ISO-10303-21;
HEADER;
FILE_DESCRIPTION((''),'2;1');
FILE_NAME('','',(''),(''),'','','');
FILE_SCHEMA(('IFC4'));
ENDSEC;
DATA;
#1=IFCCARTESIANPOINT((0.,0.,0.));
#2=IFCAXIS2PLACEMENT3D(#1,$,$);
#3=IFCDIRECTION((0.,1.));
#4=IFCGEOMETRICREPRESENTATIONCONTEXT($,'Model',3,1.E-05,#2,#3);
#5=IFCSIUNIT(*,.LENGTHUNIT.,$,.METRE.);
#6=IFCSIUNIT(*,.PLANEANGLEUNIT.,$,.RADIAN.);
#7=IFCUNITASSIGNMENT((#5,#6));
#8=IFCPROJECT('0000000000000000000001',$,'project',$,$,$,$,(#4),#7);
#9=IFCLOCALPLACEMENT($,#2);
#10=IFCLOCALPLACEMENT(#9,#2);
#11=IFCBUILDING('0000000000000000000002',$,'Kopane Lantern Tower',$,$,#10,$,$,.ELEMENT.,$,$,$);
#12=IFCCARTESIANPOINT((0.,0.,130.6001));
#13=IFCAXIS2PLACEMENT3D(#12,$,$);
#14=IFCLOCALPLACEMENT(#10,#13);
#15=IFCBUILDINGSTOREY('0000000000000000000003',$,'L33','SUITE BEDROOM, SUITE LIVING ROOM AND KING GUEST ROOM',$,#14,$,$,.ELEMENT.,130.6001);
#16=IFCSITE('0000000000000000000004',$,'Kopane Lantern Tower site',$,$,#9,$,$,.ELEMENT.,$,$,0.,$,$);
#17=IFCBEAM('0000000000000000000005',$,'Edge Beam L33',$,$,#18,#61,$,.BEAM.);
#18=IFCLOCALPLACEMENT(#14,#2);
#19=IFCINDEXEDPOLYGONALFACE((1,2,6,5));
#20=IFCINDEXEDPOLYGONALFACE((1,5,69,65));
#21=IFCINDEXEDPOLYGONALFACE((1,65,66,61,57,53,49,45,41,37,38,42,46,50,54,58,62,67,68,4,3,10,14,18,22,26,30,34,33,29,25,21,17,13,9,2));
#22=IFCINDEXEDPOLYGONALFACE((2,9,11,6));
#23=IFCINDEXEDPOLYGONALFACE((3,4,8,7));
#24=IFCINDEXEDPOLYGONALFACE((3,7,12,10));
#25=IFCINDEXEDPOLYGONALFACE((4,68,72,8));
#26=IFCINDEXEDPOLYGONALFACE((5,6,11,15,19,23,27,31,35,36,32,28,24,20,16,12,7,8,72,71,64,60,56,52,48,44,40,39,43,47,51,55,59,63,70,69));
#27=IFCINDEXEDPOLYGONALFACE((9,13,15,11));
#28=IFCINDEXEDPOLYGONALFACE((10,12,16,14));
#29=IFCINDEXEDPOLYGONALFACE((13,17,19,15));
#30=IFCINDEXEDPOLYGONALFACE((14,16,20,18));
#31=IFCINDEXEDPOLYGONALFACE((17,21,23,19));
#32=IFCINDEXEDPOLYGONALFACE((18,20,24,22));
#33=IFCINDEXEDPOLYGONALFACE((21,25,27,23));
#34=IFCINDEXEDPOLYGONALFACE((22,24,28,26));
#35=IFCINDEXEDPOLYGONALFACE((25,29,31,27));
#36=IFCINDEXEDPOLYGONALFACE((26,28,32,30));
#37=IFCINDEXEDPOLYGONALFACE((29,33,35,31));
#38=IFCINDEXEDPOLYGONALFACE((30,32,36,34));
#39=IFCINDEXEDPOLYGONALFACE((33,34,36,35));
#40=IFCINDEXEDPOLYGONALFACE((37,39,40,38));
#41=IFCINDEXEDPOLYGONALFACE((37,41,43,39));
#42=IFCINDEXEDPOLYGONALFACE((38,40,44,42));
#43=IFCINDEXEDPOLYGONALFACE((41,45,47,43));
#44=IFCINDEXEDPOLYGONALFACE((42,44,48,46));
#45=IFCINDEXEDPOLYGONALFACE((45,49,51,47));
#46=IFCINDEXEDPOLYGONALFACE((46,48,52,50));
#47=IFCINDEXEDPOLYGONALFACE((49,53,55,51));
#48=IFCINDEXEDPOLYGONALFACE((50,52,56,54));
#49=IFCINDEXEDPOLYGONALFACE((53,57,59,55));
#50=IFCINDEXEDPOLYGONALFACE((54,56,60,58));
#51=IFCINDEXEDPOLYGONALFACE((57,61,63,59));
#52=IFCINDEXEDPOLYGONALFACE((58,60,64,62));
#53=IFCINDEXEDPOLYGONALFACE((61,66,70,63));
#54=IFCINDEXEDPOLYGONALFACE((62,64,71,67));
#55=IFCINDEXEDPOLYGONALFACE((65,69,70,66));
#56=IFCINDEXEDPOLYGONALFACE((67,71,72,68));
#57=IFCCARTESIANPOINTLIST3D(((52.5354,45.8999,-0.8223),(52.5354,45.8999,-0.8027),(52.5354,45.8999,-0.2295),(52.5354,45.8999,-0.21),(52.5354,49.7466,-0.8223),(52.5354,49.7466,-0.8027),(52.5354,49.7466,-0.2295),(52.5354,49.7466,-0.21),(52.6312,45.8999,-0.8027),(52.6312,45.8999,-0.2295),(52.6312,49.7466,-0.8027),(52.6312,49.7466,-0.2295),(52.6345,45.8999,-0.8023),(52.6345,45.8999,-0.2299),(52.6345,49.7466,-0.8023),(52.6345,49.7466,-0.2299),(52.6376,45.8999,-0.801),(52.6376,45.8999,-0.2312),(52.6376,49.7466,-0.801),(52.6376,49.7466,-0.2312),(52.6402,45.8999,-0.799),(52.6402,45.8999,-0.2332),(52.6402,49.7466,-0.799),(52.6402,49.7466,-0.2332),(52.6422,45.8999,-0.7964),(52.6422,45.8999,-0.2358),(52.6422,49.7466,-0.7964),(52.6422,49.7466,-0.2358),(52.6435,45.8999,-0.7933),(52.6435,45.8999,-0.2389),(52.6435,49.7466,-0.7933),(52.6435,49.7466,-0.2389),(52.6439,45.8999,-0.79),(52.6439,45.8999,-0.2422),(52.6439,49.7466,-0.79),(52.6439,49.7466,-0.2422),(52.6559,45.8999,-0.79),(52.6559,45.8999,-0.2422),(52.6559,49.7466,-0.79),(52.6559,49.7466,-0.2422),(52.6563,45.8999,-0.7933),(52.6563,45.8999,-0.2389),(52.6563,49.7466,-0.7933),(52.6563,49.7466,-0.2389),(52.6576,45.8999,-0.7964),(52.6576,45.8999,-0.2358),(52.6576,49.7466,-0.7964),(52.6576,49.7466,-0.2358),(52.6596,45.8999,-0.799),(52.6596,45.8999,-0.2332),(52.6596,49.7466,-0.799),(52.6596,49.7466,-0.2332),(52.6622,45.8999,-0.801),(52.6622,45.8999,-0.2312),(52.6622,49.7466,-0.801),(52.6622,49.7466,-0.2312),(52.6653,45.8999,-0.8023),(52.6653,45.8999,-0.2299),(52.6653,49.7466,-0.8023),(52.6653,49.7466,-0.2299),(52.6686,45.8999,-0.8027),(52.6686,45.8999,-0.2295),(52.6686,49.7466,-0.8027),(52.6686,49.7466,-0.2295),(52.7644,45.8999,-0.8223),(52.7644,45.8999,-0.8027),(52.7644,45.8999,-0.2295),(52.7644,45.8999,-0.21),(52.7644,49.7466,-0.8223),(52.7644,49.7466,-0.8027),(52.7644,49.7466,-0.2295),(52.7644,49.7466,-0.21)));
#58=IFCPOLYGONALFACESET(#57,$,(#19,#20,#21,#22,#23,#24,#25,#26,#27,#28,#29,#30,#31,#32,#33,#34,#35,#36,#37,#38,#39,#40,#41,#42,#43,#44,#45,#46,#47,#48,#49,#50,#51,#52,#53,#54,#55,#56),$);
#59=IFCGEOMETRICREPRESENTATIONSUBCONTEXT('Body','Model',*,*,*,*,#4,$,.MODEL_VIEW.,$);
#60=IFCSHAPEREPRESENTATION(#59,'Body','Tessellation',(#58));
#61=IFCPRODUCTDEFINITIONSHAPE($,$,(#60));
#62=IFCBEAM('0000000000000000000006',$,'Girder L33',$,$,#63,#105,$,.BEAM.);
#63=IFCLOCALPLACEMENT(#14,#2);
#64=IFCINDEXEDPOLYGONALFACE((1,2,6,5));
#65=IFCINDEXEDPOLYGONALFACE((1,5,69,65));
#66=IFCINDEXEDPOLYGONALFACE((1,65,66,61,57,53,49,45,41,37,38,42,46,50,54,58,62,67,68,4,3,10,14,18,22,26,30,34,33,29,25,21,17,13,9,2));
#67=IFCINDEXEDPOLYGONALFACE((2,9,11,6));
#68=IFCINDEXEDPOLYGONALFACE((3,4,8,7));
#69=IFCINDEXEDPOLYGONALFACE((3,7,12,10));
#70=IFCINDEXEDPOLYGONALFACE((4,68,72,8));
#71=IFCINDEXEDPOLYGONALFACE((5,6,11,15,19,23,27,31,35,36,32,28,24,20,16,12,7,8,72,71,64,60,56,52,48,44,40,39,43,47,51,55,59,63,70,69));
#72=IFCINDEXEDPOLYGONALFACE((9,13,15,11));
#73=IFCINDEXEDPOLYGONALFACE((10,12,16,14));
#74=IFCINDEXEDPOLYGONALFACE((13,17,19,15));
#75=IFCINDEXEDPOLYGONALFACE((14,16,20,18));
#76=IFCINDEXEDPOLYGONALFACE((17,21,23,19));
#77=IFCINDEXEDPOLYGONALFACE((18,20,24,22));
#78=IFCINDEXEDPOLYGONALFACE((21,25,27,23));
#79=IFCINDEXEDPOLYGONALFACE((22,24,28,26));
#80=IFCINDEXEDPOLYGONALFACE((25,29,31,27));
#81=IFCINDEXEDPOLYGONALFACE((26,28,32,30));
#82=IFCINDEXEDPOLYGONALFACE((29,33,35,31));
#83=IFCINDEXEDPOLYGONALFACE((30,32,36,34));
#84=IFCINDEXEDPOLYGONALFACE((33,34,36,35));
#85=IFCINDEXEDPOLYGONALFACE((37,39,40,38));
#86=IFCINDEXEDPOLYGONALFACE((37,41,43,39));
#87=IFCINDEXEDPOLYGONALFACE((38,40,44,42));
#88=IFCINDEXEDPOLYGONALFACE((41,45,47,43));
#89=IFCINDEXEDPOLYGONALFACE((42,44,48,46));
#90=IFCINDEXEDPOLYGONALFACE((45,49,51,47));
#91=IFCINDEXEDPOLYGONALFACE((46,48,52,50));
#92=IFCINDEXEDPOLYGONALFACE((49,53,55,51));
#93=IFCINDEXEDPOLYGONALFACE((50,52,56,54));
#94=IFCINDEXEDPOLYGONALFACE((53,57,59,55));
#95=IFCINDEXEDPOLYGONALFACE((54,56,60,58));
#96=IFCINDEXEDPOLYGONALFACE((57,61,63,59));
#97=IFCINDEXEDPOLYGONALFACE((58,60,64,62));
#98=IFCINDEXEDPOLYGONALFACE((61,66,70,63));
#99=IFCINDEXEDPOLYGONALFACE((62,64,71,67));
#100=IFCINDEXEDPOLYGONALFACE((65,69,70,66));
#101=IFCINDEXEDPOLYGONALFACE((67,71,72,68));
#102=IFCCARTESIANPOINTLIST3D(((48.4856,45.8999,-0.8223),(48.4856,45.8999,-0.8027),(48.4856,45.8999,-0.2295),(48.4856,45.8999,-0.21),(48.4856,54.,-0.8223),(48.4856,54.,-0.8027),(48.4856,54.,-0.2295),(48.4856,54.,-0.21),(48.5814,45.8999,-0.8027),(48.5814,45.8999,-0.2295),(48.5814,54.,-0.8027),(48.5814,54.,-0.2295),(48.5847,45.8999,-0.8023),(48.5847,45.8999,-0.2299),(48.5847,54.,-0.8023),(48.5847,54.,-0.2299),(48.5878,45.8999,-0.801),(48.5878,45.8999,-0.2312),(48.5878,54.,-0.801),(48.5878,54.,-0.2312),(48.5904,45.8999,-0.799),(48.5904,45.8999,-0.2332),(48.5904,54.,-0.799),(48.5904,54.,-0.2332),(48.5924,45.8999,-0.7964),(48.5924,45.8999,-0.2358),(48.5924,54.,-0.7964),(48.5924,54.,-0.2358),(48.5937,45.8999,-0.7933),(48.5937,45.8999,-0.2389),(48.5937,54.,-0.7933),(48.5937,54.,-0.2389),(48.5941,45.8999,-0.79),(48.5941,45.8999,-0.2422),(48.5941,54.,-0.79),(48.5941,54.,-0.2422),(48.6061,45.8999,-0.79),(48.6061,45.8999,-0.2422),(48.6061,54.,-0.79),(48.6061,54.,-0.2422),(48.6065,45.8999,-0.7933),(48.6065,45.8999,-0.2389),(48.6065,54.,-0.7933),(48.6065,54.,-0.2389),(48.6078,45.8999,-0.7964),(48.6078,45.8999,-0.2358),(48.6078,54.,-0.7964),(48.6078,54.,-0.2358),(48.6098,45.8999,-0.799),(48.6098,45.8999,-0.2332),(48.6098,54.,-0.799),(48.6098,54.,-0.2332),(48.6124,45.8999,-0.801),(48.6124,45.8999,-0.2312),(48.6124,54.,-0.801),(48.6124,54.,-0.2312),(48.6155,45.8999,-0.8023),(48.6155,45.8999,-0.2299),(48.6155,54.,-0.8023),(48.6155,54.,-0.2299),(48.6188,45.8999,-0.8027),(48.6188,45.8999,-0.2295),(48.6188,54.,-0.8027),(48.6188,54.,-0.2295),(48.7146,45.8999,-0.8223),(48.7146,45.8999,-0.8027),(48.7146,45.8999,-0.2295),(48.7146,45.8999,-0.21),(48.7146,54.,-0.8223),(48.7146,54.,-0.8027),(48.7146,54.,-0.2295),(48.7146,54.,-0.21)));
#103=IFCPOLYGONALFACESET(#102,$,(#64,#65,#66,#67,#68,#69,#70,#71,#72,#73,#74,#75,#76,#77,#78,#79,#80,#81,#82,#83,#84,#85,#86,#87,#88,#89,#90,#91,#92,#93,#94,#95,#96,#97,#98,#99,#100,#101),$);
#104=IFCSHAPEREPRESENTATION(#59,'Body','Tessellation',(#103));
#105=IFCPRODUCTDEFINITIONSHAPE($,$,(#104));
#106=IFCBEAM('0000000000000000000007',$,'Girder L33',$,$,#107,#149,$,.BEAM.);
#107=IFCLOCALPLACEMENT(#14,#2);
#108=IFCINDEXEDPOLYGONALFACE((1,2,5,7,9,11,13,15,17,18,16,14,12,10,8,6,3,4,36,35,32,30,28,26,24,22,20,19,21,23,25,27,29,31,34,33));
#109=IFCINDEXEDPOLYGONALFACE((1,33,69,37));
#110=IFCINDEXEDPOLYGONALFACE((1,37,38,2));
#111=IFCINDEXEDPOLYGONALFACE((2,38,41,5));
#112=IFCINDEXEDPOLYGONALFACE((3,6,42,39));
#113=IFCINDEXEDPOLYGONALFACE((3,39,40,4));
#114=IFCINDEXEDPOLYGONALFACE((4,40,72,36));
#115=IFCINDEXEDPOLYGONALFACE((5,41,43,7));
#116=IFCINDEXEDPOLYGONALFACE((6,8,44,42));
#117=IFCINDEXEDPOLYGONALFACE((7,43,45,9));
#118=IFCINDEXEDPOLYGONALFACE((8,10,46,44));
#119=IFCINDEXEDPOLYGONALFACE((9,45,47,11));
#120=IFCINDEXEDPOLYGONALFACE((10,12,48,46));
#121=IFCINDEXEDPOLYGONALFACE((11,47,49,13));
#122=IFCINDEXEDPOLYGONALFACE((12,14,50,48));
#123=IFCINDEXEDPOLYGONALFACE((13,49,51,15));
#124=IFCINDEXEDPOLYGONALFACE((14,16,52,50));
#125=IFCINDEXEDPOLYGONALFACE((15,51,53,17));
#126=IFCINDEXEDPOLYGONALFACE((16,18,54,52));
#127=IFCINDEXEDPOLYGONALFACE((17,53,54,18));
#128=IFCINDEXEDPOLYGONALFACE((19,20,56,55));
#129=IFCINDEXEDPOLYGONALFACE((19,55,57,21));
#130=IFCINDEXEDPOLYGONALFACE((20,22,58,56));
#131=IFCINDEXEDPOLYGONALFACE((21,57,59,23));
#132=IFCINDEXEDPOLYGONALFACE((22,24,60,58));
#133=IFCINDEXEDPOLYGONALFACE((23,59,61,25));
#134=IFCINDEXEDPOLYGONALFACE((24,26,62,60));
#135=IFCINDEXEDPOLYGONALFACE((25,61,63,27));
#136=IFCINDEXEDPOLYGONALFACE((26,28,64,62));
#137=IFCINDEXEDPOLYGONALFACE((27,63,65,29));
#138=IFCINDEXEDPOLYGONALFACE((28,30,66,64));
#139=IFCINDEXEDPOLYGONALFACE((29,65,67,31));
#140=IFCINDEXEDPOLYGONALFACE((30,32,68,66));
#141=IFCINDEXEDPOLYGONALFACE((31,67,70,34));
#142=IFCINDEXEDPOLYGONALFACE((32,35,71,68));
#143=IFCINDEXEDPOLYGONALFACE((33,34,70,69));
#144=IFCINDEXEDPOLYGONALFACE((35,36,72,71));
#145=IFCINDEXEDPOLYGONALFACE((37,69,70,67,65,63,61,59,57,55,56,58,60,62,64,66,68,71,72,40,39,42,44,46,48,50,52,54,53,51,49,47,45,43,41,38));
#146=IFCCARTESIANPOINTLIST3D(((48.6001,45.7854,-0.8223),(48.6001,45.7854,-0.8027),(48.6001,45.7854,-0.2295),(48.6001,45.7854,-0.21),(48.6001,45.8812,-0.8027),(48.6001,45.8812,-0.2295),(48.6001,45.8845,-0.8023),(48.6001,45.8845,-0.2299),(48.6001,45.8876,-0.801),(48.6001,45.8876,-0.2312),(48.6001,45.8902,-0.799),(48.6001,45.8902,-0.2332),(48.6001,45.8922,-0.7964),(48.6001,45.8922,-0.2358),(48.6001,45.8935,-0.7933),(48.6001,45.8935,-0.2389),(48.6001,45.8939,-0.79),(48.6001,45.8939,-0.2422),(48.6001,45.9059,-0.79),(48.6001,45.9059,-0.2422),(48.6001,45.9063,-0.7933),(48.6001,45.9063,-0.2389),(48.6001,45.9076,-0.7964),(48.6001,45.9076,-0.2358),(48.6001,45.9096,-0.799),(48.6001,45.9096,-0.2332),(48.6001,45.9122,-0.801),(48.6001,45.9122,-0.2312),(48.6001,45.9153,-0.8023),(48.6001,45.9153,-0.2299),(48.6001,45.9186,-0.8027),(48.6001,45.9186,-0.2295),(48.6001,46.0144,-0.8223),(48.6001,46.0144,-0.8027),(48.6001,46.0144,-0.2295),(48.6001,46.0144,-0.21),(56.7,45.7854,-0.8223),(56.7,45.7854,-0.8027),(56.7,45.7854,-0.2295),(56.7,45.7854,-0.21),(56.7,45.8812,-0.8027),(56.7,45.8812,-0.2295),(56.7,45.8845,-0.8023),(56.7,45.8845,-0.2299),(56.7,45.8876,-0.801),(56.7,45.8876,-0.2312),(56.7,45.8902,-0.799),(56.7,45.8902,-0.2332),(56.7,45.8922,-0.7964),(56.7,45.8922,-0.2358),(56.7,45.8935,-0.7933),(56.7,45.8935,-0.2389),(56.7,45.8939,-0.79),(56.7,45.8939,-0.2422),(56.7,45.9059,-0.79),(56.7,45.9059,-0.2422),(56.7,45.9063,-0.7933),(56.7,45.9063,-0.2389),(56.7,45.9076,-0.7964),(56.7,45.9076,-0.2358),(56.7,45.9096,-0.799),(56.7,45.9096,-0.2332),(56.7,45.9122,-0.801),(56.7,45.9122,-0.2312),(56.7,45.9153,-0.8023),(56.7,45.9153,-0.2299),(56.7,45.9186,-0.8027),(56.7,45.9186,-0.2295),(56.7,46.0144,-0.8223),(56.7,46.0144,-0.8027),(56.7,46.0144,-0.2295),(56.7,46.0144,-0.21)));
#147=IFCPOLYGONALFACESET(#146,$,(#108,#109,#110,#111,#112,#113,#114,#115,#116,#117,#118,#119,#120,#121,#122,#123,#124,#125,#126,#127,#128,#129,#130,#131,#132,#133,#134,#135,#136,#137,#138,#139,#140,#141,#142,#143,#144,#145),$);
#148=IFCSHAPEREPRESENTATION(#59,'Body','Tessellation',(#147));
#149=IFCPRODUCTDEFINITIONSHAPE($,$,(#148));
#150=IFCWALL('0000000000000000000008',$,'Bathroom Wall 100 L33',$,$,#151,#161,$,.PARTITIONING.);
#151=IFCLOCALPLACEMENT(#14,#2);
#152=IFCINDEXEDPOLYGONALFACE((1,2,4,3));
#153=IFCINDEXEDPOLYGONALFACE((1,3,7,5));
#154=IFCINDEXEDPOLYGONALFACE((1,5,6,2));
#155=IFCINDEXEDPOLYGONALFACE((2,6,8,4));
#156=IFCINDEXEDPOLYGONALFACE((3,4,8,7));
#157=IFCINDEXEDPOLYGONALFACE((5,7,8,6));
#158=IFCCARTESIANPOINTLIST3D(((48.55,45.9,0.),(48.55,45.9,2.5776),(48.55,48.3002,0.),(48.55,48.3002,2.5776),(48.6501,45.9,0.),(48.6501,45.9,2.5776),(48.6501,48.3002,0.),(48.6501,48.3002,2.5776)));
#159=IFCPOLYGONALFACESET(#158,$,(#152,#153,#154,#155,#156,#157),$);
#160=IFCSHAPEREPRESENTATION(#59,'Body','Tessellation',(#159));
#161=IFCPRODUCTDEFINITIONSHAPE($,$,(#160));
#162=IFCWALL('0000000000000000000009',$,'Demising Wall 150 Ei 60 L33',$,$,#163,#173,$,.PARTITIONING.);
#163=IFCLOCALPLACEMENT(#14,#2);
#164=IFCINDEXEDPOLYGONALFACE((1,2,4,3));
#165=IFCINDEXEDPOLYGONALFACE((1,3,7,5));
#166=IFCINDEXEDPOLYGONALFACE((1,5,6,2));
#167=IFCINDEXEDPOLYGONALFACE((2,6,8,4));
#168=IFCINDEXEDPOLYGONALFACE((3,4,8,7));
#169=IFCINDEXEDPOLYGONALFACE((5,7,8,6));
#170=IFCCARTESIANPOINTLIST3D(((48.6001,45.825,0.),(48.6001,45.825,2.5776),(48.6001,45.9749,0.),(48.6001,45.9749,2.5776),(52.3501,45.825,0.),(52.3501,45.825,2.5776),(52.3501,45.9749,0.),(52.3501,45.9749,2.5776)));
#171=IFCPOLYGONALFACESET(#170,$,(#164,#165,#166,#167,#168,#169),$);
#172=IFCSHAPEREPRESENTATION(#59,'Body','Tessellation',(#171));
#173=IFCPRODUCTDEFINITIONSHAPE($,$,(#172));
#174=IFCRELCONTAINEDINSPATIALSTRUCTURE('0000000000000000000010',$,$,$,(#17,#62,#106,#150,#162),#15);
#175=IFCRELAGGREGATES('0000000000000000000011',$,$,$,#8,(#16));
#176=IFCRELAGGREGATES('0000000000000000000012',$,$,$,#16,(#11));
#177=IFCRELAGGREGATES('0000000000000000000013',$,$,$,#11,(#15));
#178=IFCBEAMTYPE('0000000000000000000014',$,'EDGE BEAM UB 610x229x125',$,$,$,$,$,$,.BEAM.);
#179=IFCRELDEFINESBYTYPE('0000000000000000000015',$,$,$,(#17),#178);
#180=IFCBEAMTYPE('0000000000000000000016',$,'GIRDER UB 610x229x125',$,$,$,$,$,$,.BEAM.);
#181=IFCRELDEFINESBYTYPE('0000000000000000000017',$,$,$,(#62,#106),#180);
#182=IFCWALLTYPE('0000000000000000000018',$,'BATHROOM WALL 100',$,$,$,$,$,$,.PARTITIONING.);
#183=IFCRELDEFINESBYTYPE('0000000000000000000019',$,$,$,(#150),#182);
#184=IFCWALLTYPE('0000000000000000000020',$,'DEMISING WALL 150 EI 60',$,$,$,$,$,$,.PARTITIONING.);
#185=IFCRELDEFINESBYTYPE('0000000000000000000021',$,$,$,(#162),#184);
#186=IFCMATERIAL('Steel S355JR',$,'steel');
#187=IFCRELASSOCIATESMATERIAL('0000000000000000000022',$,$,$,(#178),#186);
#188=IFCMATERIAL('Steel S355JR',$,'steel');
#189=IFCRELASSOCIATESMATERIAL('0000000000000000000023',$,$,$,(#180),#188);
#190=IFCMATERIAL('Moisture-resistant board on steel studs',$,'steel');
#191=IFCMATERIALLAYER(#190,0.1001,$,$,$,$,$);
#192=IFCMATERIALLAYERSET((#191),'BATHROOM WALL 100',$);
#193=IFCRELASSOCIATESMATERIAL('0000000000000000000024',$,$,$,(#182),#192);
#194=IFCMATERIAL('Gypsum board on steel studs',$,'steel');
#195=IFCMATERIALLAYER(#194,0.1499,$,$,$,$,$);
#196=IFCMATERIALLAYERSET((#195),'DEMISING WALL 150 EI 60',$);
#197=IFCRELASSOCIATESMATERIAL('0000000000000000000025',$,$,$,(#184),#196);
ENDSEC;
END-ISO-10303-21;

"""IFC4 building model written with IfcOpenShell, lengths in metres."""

from ifc_helpers import new_model, si_unit, direction, frame, frame_2d, origin, origin_2d, place, context, subcontext, project, spatial, rectangle, i_section, extrude, material, layer, layer_set, material_profile, profile_set, type_object, element, save


model = new_model("IFC4")

# Units and contexts
model_context = context("Model", 3, precision=1e-05, world=origin(), true_north=direction((0.0, 1.0)))
body_context = subcontext(model_context, "Body", "Model", "MODEL_VIEW")
ifc_project = project(units=[si_unit("LENGTHUNIT", "METRE"), si_unit("PLANEANGLEUNIT", "RADIAN")], contexts=[model_context])

# Site, building, storey
site_placement = place(None, origin())
site = spatial("IfcSite", under=ifc_project, at=site_placement, Name="Kopane Lantern Tower site", CompositionType="ELEMENT", RefElevation=0.0)
building_placement = place(site_placement, origin())
building = spatial("IfcBuilding", under=site, at=building_placement, Name="Kopane Lantern Tower", CompositionType="ELEMENT")
storey_placement = place(building_placement, frame((0.0, 0.0, 130.6001)))
storey = spatial("IfcBuildingStorey", under=building, at=storey_placement, Name="L33", Description="SUITE BEDROOM, SUITE LIVING ROOM AND KING GUEST ROOM", CompositionType="ELEMENT", Elevation=130.6001)

# Beams
ifc_material_1 = material(Name="Steel S355JR", Category="steel")
ifc_material_profile_1 = material_profile(ifc_material_1, i_section(OverallWidth=0.229, OverallDepth=0.6123, WebThickness=0.012, FlangeThickness=0.0195, FilletRadius=0.0127, at=origin_2d()), Name="UB 610x229x125")
ifc_profile_set_1 = profile_set([ifc_material_profile_1], Name="Steel S355JR")
beam_type_1 = type_object("IfcBeamType", Name="EDGE BEAM UB 610x229x125", PredefinedType="BEAM", material=ifc_profile_set_1)
beam_1_placement = place(storey_placement, frame((52.6499, 49.7466, -0.5161), z_axis=(0.0, -1.0, 0.0), x_axis=(1.0, 0.0, 0.0)))
element("IfcBeam", 1, at=beam_1_placement, inside=storey, type_object=beam_type_1, Name="Edge Beam L33", PredefinedType="BEAM", context=body_context, shape_type="SweptSolid", body=[
    extrude(i_section(OverallWidth=0.229, OverallDepth=0.6123, WebThickness=0.012, FlangeThickness=0.0195, FilletRadius=0.0127, at=origin_2d()), origin(), (0.0, 0.0, 1.0), 3.8467),
])
ifc_material_2 = material(Name="Steel S355JR", Category="steel")
ifc_material_profile_2 = material_profile(ifc_material_2, i_section(OverallWidth=0.229, OverallDepth=0.6123, WebThickness=0.012, FlangeThickness=0.0195, FilletRadius=0.0127, at=origin_2d()), Name="UB 610x229x125")
ifc_profile_set_2 = profile_set([ifc_material_profile_2], Name="Steel S355JR")
beam_type_2 = type_object("IfcBeamType", Name="GIRDER UB 610x229x125", PredefinedType="BEAM", material=ifc_profile_set_2)
beam_2_placement = place(storey_placement, frame((48.6001, 45.8999, -0.5161), z_axis=(0.0, 1.0, 0.0), x_axis=(-1.0, 0.0, 0.0)))
element("IfcBeam", 2, at=beam_2_placement, inside=storey, type_object=beam_type_2, Name="Girder L33", PredefinedType="BEAM", context=body_context, shape_type="SweptSolid", body=[
    extrude(i_section(OverallWidth=0.229, OverallDepth=0.6123, WebThickness=0.012, FlangeThickness=0.0195, FilletRadius=0.0127, at=origin_2d()), origin(), (0.0, 0.0, 1.0), 8.1001),
])
beam_3_placement = place(storey_placement, frame((48.6001, 45.8999, -0.5161), z_axis=(1.0, 0.0, 0.0), x_axis=(0.0, 1.0, 0.0)))
element("IfcBeam", 3, at=beam_3_placement, inside=storey, type_object=beam_type_2, Name="Girder L33", PredefinedType="BEAM", context=body_context, shape_type="SweptSolid", body=[
    extrude(i_section(OverallWidth=0.229, OverallDepth=0.6123, WebThickness=0.012, FlangeThickness=0.0195, FilletRadius=0.0127, at=origin_2d()), origin(), (0.0, 0.0, 1.0), 8.0999),
])

# Walls
ifc_material_3 = material(Name="Moisture-resistant board on steel studs", Category="steel")
ifc_layer_1 = layer(ifc_material_3, 0.1001)
ifc_layer_set_1 = layer_set([ifc_layer_1], Name="BATHROOM WALL 100")
wall_type_1 = type_object("IfcWallType", Name="BATHROOM WALL 100", PredefinedType="PARTITIONING", material=ifc_layer_set_1)
wall_1_placement = place(storey_placement, frame((48.6001, 45.8999, 0.0), z_axis=(0.0, 0.0, 1.0), x_axis=(0.0, 1.0, 0.0)))
element("IfcWall", 4, at=wall_1_placement, inside=storey, type_object=wall_type_1, Name="Bathroom Wall 100 L33", PredefinedType="PARTITIONING", context=body_context, shape_type="SweptSolid", body=[
    extrude(rectangle(XDim=2.4001, YDim=0.1001, at=frame_2d((1.2002, 0.0))), origin(), (0.0, 0.0, 1.0), 2.5776),
])
ifc_material_4 = material(Name="Gypsum board on steel studs", Category="steel")
ifc_layer_2 = layer(ifc_material_4, 0.1499)
ifc_layer_set_2 = layer_set([ifc_layer_2], Name="DEMISING WALL 150 EI 60")
wall_type_2 = type_object("IfcWallType", Name="DEMISING WALL 150 EI 60", PredefinedType="PARTITIONING", material=ifc_layer_set_2)
wall_2_placement = place(storey_placement, frame((48.6001, 45.8999, 0.0), z_axis=(0.0, 0.0, 1.0), x_axis=(1.0, 0.0, 0.0)))
element("IfcWall", 5, at=wall_2_placement, inside=storey, type_object=wall_type_2, Name="Demising Wall 150 Ei 60 L33", PredefinedType="PARTITIONING", context=body_context, shape_type="SweptSolid", body=[
    extrude(rectangle(XDim=3.75, YDim=0.1499, at=frame_2d((1.875, 0.0))), origin(), (0.0, 0.0, 1.0), 2.5776),
])

save(model, "model.ifc")
